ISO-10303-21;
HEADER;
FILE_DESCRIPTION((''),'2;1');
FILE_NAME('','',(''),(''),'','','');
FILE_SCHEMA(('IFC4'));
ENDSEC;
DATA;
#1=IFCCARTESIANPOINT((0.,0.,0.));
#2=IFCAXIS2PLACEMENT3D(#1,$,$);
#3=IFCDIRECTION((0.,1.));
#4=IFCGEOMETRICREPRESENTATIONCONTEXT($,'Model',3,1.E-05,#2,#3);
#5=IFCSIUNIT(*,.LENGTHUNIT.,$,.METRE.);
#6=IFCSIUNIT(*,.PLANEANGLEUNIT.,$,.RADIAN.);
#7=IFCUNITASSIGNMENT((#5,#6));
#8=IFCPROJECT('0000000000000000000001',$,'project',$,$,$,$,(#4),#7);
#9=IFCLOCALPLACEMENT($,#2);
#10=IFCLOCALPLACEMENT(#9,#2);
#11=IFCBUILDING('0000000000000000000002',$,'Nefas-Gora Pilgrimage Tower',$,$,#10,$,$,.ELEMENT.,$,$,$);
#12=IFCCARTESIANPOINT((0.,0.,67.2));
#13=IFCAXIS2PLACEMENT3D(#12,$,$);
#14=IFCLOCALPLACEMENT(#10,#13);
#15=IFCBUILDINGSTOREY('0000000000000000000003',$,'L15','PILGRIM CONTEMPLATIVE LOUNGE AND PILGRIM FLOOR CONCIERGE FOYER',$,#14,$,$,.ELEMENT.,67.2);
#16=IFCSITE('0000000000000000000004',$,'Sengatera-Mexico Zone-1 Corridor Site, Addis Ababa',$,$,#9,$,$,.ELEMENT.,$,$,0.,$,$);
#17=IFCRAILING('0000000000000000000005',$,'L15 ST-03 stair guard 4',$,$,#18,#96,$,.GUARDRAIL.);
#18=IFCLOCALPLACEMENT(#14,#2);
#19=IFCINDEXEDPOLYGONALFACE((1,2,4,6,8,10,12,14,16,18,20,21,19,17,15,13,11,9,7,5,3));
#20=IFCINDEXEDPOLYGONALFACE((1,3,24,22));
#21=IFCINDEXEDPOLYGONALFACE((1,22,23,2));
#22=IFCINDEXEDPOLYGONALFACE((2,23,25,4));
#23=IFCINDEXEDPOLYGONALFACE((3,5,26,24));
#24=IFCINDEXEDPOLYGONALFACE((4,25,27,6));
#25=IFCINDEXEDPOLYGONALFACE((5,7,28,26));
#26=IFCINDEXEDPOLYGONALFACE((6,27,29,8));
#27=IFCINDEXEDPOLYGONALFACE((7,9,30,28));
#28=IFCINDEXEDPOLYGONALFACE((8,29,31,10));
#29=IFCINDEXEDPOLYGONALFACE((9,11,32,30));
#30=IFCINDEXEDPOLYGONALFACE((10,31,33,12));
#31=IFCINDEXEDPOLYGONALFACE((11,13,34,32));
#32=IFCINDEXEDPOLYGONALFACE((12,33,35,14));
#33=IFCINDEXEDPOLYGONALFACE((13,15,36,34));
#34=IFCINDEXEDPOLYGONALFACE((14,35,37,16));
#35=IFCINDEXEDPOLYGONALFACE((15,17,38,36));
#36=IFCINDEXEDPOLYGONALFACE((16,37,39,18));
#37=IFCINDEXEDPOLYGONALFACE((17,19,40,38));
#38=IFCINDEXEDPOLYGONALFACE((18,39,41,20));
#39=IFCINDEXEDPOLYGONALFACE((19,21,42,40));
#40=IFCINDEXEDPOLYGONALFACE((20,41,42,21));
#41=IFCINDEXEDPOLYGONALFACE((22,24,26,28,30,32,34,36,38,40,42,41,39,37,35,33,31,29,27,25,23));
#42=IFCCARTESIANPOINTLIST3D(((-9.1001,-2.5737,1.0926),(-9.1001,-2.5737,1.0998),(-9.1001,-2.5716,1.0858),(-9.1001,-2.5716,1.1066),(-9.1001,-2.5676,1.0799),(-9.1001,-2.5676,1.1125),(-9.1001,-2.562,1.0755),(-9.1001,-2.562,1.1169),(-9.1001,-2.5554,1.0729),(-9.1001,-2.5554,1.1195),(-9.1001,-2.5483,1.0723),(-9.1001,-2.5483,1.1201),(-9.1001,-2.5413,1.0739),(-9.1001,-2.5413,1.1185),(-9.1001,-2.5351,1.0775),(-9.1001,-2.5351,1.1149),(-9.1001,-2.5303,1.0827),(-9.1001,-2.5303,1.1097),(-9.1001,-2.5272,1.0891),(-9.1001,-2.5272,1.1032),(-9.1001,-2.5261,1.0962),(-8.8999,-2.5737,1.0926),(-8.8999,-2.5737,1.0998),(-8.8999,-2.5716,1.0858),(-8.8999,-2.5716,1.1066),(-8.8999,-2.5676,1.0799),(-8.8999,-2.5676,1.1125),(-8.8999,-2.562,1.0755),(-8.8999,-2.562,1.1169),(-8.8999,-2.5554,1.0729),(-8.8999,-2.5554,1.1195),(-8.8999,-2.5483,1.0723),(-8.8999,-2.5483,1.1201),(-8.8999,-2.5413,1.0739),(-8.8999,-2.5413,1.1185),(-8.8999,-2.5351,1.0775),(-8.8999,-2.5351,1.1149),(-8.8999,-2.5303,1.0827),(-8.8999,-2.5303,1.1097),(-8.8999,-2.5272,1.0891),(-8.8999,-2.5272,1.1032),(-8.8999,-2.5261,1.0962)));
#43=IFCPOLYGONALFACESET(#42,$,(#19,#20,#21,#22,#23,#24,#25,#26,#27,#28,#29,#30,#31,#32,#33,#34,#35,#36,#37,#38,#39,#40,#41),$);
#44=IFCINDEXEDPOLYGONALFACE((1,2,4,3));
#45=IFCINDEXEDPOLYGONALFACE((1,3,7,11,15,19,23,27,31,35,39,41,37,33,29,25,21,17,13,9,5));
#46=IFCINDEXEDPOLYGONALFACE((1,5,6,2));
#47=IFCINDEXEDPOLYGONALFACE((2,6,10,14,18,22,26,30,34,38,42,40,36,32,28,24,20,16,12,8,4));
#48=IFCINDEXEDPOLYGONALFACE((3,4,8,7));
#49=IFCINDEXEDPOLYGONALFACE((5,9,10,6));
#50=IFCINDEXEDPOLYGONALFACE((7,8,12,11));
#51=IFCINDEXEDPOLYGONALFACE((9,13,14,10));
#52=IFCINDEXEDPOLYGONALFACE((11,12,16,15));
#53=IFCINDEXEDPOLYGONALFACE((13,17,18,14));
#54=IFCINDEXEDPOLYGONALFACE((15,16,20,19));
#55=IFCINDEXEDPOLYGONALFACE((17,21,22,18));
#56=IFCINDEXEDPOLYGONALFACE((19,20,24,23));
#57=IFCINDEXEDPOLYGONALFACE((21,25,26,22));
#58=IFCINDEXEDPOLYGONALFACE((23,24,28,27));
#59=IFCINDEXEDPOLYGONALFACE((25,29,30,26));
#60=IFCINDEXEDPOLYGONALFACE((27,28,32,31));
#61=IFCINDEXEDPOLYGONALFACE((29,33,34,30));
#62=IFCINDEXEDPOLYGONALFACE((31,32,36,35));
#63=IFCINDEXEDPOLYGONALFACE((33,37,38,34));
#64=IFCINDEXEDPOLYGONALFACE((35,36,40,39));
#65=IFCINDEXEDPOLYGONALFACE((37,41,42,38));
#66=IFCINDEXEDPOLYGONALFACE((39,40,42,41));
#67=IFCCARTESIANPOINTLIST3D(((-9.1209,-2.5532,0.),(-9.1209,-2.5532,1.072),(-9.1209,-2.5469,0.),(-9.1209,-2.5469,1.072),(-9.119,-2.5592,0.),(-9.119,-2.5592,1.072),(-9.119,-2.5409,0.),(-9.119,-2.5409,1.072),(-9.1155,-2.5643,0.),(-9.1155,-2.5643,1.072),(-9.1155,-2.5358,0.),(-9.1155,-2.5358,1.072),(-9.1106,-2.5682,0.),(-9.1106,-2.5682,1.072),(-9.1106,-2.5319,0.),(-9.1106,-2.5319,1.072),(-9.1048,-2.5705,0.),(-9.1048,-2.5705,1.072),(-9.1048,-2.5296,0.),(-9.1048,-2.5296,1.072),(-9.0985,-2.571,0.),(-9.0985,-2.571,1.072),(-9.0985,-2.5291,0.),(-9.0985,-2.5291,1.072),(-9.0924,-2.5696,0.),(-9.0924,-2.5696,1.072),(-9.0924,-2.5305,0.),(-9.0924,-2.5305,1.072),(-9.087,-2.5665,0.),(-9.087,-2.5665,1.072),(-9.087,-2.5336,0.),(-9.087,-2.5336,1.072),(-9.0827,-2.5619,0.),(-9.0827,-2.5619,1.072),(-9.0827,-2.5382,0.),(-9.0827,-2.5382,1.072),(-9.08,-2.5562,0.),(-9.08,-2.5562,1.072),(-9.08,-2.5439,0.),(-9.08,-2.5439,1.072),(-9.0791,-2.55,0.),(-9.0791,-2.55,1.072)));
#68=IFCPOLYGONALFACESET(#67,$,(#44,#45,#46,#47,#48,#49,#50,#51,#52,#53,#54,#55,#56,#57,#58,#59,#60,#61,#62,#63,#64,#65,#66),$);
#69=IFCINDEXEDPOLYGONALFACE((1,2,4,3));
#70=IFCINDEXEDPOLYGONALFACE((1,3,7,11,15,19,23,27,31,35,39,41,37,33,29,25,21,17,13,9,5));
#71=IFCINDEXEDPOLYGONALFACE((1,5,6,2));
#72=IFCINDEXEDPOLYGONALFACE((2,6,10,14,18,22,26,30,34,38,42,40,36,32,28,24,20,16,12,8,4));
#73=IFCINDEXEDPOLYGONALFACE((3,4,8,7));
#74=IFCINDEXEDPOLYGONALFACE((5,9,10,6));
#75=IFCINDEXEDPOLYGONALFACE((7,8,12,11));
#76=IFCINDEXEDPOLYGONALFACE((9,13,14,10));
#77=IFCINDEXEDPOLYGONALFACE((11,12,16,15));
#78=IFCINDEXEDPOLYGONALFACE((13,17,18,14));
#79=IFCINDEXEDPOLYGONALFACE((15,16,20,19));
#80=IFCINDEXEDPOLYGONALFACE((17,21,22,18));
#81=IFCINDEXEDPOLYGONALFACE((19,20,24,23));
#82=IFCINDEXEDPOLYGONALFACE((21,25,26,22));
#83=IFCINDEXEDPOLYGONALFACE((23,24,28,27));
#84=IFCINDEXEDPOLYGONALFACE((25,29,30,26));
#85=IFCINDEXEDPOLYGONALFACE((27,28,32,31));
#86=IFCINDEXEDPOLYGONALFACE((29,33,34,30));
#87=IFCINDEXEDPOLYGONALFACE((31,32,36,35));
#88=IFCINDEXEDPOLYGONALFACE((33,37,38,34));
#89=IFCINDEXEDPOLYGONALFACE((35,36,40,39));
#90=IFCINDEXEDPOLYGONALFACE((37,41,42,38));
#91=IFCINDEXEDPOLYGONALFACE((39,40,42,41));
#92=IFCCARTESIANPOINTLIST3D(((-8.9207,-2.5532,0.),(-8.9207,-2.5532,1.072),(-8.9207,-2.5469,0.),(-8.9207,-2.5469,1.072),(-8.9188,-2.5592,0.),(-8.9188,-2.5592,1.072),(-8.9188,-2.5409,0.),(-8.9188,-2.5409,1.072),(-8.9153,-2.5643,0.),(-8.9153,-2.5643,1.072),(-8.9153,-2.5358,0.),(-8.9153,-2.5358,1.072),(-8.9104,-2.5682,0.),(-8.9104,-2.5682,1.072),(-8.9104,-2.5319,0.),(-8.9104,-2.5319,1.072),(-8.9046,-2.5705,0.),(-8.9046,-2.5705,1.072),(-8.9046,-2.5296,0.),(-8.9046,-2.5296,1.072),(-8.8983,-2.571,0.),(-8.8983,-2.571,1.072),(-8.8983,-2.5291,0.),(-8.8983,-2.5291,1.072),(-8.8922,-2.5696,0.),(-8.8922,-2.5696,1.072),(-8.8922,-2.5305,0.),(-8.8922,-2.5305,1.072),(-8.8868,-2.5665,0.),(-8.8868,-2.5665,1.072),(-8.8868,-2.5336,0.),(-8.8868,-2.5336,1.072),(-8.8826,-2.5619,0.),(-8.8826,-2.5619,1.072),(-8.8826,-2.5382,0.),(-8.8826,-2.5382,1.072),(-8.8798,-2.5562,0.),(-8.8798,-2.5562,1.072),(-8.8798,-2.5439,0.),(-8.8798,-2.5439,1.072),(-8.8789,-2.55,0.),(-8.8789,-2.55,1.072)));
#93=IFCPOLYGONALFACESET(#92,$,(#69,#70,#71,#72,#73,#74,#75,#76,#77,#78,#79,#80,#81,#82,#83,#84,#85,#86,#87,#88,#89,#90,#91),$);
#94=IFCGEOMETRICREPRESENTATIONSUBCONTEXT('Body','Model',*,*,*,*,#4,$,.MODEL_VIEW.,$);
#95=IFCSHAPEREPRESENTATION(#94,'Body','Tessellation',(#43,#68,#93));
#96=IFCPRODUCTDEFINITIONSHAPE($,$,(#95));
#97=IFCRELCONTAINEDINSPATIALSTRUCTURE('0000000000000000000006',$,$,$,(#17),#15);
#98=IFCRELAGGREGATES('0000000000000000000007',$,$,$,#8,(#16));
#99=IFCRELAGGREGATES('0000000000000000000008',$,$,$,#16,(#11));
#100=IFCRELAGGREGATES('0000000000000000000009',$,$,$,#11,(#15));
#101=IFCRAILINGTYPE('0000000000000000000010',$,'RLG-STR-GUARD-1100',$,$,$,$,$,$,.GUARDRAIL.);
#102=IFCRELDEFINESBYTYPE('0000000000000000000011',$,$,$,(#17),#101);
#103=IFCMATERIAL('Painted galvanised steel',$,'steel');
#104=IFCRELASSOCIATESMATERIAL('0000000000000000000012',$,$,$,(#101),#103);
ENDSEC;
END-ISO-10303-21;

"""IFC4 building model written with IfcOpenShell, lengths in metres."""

from ifc_helpers import new_model, si_unit, direction, frame, origin, origin_2d, place, context, subcontext, project, spatial, circle, extrude, material, type_object, element, save


model = new_model("IFC4")

# Units and contexts
model_context = context("Model", 3, precision=1e-05, world=origin(), true_north=direction((0.0, 1.0)))
body_context = subcontext(model_context, "Body", "Model", "MODEL_VIEW")
ifc_project = project(units=[si_unit("LENGTHUNIT", "METRE"), si_unit("PLANEANGLEUNIT", "RADIAN")], contexts=[model_context])

# Site, building, storey
site_placement = place(None, origin())
site = spatial("IfcSite", under=ifc_project, at=site_placement, Name="Sengatera-Mexico Zone-1 Corridor Site, Addis Ababa", CompositionType="ELEMENT", RefElevation=0.0)
building_placement = place(site_placement, origin())
building = spatial("IfcBuilding", under=site, at=building_placement, Name="Nefas-Gora Pilgrimage Tower", CompositionType="ELEMENT")
storey_placement = place(building_placement, frame((0.0, 0.0, 67.2)))
storey = spatial("IfcBuildingStorey", under=building, at=storey_placement, Name="L15", Description="PILGRIM CONTEMPLATIVE LOUNGE AND PILGRIM FLOOR CONCIERGE FOYER", CompositionType="ELEMENT", Elevation=67.2)

# Railing
ifc_material_1 = material(Name="Painted galvanised steel", Category="steel")
railing_type_1 = type_object("IfcRailingType", Name="RLG-STR-GUARD-1100", PredefinedType="GUARDRAIL", material=ifc_material_1)
railing_1_placement = place(storey_placement, frame((-9.1001, -2.55, 0.0)))
element("IfcRailing", 1, at=railing_1_placement, inside=storey, type_object=railing_type_1, Name="L15 ST-03 stair guard 4", PredefinedType="GUARDRAIL", context=body_context, shape_type="SweptSolid", body=[
    extrude(circle(Radius=0.0239, at=origin_2d()), frame((0.0, 0.0, 1.0962), z_axis=(1.0, 0.0, 0.0), x_axis=(0.0, 1.0, 0.0)), (0.0, 0.0, 1.0), 0.2002),
    extrude(circle(Radius=0.021, at=origin_2d()), origin(), (0.0, 0.0, 1.0), 1.072),
    extrude(circle(Radius=0.021, at=origin_2d()), frame((0.2002, 0.0, 0.0)), (0.0, 0.0, 1.0), 1.072),
])

save(model, "model.ifc")
